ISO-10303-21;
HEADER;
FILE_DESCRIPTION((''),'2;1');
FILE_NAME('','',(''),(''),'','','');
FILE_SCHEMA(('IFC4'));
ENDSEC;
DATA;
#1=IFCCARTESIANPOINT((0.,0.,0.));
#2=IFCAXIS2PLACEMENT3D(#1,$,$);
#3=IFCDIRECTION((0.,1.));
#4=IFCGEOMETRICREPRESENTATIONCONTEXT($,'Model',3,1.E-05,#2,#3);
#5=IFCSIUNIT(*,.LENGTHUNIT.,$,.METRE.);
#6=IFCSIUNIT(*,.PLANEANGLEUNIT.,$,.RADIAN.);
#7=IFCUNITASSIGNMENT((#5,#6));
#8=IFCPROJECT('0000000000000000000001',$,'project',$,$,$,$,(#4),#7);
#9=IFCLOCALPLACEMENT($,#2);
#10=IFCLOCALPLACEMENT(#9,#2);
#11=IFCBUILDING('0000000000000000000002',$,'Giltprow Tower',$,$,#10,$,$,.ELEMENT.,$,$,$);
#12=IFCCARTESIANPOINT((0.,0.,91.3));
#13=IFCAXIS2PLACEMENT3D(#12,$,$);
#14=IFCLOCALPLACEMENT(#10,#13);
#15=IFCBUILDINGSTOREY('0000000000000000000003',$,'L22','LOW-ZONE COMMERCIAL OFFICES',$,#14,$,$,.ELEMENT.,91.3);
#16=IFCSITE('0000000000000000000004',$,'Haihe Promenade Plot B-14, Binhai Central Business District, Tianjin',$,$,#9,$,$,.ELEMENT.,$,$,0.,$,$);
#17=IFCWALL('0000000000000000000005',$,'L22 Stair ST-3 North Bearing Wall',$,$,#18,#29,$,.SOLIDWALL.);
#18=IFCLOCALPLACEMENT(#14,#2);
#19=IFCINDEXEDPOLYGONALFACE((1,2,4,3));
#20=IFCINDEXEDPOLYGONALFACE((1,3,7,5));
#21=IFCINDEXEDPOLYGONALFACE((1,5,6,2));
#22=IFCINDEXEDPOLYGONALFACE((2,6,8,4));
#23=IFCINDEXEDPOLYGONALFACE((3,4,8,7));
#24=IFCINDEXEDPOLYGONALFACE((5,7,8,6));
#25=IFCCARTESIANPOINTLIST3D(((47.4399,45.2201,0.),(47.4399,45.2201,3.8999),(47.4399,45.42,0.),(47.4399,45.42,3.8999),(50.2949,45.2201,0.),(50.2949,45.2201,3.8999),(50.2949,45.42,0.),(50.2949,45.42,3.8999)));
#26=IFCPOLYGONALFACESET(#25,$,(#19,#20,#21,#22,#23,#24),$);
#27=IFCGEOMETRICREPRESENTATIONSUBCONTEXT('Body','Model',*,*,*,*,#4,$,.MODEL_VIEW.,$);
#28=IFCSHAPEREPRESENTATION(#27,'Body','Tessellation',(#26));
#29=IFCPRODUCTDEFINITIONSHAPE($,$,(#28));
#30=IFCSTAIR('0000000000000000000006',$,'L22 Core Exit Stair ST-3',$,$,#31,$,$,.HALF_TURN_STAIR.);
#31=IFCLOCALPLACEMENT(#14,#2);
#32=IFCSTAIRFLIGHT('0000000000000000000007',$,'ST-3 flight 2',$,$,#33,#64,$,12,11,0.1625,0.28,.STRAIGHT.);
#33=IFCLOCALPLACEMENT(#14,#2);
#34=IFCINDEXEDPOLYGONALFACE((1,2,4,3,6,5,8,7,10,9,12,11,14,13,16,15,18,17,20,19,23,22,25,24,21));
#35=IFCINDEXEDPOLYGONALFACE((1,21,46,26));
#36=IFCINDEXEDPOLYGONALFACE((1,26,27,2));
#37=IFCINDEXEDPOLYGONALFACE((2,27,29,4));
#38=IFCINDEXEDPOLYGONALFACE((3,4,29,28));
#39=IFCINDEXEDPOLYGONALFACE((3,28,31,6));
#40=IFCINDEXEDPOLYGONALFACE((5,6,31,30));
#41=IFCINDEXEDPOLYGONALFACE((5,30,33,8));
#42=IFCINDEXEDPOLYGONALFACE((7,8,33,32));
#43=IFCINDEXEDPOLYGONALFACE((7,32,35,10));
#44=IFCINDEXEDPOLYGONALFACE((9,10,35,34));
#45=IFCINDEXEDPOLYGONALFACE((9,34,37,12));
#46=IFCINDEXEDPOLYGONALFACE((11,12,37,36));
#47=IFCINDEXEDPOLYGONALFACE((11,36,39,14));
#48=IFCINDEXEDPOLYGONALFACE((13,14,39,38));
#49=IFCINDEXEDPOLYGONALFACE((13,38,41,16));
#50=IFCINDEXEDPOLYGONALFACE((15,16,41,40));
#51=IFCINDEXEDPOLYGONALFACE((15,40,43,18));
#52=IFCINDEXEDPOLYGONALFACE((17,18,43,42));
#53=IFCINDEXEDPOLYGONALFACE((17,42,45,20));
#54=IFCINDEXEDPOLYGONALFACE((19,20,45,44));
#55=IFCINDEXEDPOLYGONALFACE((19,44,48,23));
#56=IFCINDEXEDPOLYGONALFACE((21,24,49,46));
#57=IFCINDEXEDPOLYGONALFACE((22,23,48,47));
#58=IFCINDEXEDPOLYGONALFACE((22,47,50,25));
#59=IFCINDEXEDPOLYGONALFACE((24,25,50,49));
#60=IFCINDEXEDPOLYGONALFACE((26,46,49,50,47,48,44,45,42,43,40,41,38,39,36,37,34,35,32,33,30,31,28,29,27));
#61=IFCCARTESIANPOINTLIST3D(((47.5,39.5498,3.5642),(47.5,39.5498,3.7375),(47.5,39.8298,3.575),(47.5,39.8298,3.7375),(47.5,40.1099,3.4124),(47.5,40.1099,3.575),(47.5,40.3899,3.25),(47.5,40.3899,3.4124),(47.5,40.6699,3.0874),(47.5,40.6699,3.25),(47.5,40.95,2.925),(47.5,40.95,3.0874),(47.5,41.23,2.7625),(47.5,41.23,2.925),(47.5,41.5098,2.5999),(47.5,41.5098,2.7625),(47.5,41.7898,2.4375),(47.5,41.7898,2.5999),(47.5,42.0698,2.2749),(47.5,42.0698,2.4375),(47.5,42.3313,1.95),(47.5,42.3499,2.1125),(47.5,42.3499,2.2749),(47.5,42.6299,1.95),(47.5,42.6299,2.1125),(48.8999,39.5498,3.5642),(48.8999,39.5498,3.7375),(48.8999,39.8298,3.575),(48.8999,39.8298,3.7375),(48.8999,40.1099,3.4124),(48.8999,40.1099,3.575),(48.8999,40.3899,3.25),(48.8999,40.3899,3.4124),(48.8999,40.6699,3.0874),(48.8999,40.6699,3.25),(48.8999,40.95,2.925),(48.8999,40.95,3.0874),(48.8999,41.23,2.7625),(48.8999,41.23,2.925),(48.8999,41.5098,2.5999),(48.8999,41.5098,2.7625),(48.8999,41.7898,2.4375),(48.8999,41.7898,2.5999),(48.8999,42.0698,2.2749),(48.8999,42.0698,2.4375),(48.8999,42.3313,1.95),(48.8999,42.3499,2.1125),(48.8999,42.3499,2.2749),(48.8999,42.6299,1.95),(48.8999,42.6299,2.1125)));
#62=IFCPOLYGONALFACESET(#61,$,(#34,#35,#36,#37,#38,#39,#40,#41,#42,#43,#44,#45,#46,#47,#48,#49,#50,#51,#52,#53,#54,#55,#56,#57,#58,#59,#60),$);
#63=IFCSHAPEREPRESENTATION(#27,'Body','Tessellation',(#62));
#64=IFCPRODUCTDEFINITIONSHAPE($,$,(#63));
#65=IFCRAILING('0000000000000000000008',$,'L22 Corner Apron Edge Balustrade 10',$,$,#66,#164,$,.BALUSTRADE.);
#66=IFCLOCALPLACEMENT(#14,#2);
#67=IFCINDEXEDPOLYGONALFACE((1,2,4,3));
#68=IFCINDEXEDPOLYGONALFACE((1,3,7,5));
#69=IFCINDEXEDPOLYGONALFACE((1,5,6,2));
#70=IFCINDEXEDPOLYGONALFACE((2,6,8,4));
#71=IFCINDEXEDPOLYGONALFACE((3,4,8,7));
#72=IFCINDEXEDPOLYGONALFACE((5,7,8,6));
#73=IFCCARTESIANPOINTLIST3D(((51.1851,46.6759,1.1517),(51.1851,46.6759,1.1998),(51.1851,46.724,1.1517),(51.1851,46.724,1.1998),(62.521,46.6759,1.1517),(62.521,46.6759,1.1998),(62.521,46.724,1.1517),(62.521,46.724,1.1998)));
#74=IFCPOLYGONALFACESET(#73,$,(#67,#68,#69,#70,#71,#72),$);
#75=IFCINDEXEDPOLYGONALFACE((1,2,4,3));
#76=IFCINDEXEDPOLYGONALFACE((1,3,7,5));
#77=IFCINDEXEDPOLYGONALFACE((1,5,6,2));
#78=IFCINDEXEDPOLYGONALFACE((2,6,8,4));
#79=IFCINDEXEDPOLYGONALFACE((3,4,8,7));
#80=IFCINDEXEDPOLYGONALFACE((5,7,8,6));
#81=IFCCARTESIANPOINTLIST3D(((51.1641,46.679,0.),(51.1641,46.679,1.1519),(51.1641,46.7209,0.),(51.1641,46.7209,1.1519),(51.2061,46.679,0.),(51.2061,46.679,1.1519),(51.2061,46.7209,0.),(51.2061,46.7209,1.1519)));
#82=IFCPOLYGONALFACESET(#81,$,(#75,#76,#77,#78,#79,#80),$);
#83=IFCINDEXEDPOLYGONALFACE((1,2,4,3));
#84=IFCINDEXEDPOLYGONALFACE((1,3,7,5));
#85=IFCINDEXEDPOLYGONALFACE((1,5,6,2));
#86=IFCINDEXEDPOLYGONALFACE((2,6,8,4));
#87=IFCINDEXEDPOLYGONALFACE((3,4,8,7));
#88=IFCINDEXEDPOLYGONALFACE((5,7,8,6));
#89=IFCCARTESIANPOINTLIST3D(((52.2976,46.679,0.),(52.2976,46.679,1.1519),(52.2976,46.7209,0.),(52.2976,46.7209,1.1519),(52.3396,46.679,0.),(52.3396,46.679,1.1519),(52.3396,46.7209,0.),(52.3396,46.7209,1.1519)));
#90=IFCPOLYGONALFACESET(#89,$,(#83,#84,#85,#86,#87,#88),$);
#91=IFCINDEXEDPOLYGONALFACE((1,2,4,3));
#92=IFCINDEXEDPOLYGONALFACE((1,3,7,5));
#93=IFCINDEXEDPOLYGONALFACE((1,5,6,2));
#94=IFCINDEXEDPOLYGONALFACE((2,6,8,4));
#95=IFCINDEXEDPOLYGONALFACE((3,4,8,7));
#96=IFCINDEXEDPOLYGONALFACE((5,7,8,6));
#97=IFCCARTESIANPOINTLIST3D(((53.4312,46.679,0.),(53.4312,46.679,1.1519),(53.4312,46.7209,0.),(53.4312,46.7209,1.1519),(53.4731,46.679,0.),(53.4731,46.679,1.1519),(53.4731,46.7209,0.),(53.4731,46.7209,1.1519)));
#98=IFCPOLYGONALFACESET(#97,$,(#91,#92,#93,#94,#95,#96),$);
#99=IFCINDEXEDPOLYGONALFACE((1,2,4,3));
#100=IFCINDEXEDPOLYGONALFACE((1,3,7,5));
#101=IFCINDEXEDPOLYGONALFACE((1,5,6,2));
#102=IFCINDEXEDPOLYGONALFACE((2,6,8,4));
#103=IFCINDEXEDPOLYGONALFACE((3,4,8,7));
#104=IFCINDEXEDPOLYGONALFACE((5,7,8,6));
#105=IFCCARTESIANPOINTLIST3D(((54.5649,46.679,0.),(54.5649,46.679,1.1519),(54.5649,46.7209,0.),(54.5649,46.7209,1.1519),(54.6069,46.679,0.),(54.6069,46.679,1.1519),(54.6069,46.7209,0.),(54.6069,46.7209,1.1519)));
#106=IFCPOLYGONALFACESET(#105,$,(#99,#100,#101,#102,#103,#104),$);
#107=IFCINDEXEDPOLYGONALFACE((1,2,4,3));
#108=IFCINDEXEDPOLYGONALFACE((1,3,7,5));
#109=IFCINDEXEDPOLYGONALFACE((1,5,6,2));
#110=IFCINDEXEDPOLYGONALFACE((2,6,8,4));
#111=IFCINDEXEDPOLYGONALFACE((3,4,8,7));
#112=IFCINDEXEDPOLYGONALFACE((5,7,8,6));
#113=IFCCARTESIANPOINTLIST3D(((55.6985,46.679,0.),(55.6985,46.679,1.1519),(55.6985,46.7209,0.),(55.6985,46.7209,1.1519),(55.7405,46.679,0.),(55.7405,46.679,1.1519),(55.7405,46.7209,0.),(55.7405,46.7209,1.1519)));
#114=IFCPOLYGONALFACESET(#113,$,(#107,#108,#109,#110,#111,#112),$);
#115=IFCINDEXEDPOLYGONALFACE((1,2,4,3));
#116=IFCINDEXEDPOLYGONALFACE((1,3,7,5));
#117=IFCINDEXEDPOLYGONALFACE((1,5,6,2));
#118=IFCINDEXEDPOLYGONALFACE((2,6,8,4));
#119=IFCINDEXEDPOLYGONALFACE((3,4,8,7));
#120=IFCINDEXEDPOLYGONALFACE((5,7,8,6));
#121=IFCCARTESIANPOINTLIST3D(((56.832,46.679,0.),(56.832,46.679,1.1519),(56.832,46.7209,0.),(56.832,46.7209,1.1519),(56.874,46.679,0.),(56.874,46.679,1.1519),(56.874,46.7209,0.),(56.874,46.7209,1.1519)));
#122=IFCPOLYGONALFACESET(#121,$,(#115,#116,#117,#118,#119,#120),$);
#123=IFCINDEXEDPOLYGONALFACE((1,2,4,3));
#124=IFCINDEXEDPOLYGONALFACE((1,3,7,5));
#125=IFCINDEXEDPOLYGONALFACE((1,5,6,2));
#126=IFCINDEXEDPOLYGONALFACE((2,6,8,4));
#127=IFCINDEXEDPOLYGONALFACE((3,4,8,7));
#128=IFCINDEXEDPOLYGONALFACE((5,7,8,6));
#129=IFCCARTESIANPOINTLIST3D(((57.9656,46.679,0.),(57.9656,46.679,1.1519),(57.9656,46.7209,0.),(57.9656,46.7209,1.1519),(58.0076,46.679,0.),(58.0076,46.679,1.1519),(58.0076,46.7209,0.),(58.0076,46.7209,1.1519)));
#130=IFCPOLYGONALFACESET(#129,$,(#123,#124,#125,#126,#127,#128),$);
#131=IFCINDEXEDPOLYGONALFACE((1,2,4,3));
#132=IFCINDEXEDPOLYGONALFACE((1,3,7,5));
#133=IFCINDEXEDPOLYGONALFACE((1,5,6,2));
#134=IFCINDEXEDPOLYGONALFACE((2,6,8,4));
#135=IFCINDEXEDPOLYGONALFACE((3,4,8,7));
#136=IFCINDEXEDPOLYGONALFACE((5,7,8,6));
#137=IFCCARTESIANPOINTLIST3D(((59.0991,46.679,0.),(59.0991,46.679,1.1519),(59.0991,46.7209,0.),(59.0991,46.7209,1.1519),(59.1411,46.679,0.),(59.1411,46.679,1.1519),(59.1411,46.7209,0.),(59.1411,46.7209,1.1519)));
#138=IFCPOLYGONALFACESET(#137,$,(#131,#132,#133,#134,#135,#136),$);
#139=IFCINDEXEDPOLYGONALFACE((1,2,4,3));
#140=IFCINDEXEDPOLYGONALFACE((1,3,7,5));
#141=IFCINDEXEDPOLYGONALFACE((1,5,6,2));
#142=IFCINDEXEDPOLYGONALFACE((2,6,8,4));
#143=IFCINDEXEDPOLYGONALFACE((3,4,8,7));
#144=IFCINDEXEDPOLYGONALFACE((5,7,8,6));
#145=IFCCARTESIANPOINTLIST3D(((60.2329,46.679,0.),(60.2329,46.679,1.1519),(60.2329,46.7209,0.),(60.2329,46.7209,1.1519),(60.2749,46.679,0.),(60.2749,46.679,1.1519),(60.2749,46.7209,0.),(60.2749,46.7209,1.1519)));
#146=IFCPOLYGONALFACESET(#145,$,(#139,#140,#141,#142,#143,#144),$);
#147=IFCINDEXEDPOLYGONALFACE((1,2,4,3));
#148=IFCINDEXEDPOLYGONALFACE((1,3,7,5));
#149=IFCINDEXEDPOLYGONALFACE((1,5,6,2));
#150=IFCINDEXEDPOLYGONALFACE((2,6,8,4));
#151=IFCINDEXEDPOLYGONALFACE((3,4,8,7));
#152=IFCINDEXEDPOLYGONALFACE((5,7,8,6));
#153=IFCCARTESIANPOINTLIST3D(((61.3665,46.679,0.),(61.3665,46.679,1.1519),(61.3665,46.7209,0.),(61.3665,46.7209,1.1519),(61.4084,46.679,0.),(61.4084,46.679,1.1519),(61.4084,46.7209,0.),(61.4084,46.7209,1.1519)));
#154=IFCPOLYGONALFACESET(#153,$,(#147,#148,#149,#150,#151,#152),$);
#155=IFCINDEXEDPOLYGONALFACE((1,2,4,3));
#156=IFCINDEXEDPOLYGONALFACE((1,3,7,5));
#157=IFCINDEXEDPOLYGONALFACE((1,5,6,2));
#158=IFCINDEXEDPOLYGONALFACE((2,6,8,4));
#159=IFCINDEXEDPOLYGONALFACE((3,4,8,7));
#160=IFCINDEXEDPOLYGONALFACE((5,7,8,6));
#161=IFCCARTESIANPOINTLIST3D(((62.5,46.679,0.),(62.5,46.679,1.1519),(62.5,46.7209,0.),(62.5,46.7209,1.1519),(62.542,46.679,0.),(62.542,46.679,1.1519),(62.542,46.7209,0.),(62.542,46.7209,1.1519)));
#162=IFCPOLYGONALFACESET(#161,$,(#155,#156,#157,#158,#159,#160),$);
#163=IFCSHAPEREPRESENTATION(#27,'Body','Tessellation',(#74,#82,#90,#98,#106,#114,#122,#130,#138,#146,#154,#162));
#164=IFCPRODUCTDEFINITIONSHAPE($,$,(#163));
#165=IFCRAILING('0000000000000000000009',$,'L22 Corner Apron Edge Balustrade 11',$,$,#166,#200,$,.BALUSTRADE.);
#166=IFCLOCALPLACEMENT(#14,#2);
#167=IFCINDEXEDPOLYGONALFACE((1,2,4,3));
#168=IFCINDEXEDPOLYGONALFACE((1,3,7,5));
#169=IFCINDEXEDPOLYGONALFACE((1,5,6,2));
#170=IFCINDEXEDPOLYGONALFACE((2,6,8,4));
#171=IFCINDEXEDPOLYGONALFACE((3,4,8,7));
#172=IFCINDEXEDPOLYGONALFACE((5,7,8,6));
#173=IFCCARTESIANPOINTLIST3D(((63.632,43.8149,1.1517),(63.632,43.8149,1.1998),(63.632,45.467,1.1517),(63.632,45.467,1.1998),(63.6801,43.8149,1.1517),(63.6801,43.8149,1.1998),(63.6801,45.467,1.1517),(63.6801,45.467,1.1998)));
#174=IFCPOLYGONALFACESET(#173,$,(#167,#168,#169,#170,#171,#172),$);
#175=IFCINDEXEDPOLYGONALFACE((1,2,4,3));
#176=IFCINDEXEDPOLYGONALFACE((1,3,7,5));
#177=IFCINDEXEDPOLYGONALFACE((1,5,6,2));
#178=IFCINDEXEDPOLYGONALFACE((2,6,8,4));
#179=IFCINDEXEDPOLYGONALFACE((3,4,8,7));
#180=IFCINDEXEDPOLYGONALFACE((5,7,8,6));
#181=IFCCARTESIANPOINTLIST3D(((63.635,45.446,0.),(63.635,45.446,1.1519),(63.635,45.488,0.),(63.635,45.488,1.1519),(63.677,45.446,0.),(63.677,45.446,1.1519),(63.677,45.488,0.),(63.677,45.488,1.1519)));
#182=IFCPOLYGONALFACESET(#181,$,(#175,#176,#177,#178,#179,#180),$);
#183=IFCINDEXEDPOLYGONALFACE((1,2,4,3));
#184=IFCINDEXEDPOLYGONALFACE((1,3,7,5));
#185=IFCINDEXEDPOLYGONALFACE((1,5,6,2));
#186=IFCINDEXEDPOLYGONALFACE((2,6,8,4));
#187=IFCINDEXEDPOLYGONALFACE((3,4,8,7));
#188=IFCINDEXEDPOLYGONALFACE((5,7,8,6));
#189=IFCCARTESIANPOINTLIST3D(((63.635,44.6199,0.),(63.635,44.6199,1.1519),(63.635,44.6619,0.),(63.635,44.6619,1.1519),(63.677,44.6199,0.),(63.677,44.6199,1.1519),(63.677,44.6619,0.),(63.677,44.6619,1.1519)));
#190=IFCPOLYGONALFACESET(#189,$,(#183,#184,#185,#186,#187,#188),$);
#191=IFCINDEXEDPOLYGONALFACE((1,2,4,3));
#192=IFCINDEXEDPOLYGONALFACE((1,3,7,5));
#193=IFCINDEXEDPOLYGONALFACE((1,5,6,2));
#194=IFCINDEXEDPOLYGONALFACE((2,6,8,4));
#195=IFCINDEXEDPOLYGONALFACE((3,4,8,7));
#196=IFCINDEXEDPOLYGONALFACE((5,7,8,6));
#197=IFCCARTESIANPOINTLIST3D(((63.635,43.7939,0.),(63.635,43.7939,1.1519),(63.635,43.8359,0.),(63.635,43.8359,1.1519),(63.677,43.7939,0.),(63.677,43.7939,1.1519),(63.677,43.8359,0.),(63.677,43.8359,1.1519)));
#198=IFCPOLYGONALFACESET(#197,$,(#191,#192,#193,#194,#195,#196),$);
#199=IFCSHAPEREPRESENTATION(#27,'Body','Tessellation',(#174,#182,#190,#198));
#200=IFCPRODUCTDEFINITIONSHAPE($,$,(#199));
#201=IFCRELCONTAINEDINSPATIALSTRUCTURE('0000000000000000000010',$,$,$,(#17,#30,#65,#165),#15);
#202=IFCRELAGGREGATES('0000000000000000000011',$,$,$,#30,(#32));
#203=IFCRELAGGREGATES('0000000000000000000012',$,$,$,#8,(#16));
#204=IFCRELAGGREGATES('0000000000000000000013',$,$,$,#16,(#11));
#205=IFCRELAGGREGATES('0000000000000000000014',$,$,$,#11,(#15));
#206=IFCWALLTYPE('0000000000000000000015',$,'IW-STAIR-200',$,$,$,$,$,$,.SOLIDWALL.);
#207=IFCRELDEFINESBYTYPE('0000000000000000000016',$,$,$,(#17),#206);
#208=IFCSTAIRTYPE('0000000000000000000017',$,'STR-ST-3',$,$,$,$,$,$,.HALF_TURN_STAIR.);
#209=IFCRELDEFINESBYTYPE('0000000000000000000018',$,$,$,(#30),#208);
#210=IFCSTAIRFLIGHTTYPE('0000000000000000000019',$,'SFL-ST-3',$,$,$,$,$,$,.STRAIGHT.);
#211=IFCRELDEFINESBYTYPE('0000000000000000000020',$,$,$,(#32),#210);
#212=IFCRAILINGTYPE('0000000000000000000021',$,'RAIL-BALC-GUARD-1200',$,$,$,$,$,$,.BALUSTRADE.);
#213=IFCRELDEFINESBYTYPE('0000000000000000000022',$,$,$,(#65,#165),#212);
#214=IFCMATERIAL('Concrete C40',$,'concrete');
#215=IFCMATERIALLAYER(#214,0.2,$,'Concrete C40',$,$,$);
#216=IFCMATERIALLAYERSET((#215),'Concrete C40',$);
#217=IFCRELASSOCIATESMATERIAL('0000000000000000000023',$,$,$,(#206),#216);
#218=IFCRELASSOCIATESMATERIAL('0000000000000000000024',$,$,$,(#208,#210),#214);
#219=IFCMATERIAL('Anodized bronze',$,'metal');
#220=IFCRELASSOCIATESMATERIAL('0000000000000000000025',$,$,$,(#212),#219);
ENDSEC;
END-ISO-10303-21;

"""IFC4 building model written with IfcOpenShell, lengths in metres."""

from ifc_helpers import new_model, si_unit, direction, frame, frame_2d, origin, origin_2d, place, context, subcontext, project, spatial, polyline, rectangle, outline, extrude, material, layer, layer_set, type_object, element, aggregate, save


model = new_model("IFC4")

# Units and contexts
model_context = context("Model", 3, precision=1e-05, world=origin(), true_north=direction((0.0, 1.0)))
body_context = subcontext(model_context, "Body", "Model", "MODEL_VIEW")
ifc_project = project(units=[si_unit("LENGTHUNIT", "METRE"), si_unit("PLANEANGLEUNIT", "RADIAN")], contexts=[model_context])

# Site, building, storey
site_placement = place(None, origin())
site = spatial("IfcSite", under=ifc_project, at=site_placement, Name="Haihe Promenade Plot B-14, Binhai Central Business District, Tianjin", CompositionType="ELEMENT", RefElevation=0.0)
building_placement = place(site_placement, origin())
building = spatial("IfcBuilding", under=site, at=building_placement, Name="Giltprow Tower", CompositionType="ELEMENT")
storey_placement = place(building_placement, frame((0.0, 0.0, 91.3)))
storey = spatial("IfcBuildingStorey", under=building, at=storey_placement, Name="L22", Description="LOW-ZONE COMMERCIAL OFFICES", CompositionType="ELEMENT", Elevation=91.3)

# Wall
ifc_material_1 = material(Name="Concrete C40", Category="concrete")
ifc_layer_1 = layer(ifc_material_1, 0.2, Name="Concrete C40")
ifc_layer_set_1 = layer_set([ifc_layer_1], Name="Concrete C40")
wall_type_1 = type_object("IfcWallType", Name="IW-STAIR-200", PredefinedType="SOLIDWALL", material=ifc_layer_set_1)
wall_1_placement = place(storey_placement, frame((47.4399, 45.3201, 0.0), z_axis=(0.0, 0.0, 1.0), x_axis=(1.0, 0.0, 0.0)))
element("IfcWall", 1, at=wall_1_placement, inside=storey, type_object=wall_type_1, Name="L22 Stair ST-3 North Bearing Wall", PredefinedType="SOLIDWALL", context=body_context, shape_type="SweptSolid", body=[
    extrude(rectangle(XDim=2.855, YDim=0.2, at=frame_2d((1.4275, 0.0))), origin(), (0.0, 0.0, 1.0), 3.8999),
])

# Stair, stair flight
stair_type = type_object("IfcStairType", Name="STR-ST-3", PredefinedType="HALF_TURN_STAIR", material=ifc_material_1)
stair_placement = place(storey_placement, origin())
stair = element("IfcStair", 2, at=stair_placement, inside=storey, type_object=stair_type, Name="L22 Core Exit Stair ST-3", PredefinedType="HALF_TURN_STAIR")
stair_flight_type = type_object("IfcStairFlightType", Name="SFL-ST-3", PredefinedType="STRAIGHT", material=ifc_material_1)
stair_flight_placement = place(storey_placement, frame((48.2, 42.6299, 1.95), z_axis=(0.0, 0.0, 1.0), x_axis=(0.0, -1.0, 0.0)))
stair_flight = element("IfcStairFlight", 3, at=stair_flight_placement, type_object=stair_flight_type, Name="ST-3 flight 2", NumberOfRisers=12, NumberOfTreads=11, PredefinedType="STRAIGHT", RiserHeight=0.1625, TreadLength=0.28, context=body_context, shape_type="SweptSolid", body=[
    extrude(outline(polyline([(0.0, 0.0), (0.0, 0.1626), (0.28, 0.1626), (0.28, 0.325), (0.5601, 0.325), (0.5601, 0.4875), (0.8401, 0.4875), (0.8401, 0.6499), (1.1201, 0.6499), (1.1201, 0.8125), (1.3999, 0.8125), (1.3999, 0.9751), (1.6799, 0.9751), (1.6799, 1.1375), (1.96, 1.1375), (1.96, 1.3), (2.24, 1.3), (2.24, 1.4624), (2.52, 1.4624), (2.52, 1.625), (2.8, 1.625), (2.8, 1.7876), (3.0801, 1.7876), (3.0801, 1.95), (3.0801, 1.6143), (0.2986, 0.0), (0.0, 0.0)])), frame((0.0, 0.7, 0.0), z_axis=(0.0, -1.0, 0.0), x_axis=(1.0, 0.0, 0.0)), (0.0, 0.0, 1.0), 1.3999),
])
aggregate(stair, [stair_flight])

# Railings
ifc_material_2 = material(Name="Anodized bronze", Category="metal")
railing_type_1 = type_object("IfcRailingType", Name="RAIL-BALC-GUARD-1200", PredefinedType="BALUSTRADE", material=ifc_material_2)
railing_1_placement = place(storey_placement, frame((51.1851, 46.7, 0.0)))
element("IfcRailing", 4, at=railing_1_placement, inside=storey, type_object=railing_type_1, Name="L22 Corner Apron Edge Balustrade 10", PredefinedType="BALUSTRADE", context=body_context, shape_type="SweptSolid", body=[
    extrude(rectangle(XDim=0.0481, YDim=0.0481, at=origin_2d()), frame((0.0, 0.0, 1.1758), z_axis=(1.0, 0.0, 0.0), x_axis=(0.0, 1.0, 0.0)), (0.0, 0.0, 1.0), 11.3359),
    extrude(rectangle(XDim=0.042, YDim=0.042, at=origin_2d()), origin(), (0.0, 0.0, 1.0), 1.1519),
    extrude(rectangle(XDim=0.042, YDim=0.042, at=origin_2d()), frame((1.1335, 0.0, 0.0)), (0.0, 0.0, 1.0), 1.1519),
    extrude(rectangle(XDim=0.042, YDim=0.042, at=origin_2d()), frame((2.2671, 0.0, 0.0)), (0.0, 0.0, 1.0), 1.1519),
    extrude(rectangle(XDim=0.042, YDim=0.042, at=origin_2d()), frame((3.4009, 0.0, 0.0)), (0.0, 0.0, 1.0), 1.1519),
    extrude(rectangle(XDim=0.042, YDim=0.042, at=origin_2d()), frame((4.5344, 0.0, 0.0)), (0.0, 0.0, 1.0), 1.1519),
    extrude(rectangle(XDim=0.042, YDim=0.042, at=origin_2d()), frame((5.668, 0.0, 0.0)), (0.0, 0.0, 1.0), 1.1519),
    extrude(rectangle(XDim=0.042, YDim=0.042, at=origin_2d()), frame((6.8015, 0.0, 0.0)), (0.0, 0.0, 1.0), 1.1519),
    extrude(rectangle(XDim=0.042, YDim=0.042, at=origin_2d()), frame((7.9351, 0.0, 0.0)), (0.0, 0.0, 1.0), 1.1519),
    extrude(rectangle(XDim=0.042, YDim=0.042, at=origin_2d()), frame((9.0688, 0.0, 0.0)), (0.0, 0.0, 1.0), 1.1519),
    extrude(rectangle(XDim=0.042, YDim=0.042, at=origin_2d()), frame((10.2024, 0.0, 0.0)), (0.0, 0.0, 1.0), 1.1519),
    extrude(rectangle(XDim=0.042, YDim=0.042, at=origin_2d()), frame((11.3359, 0.0, 0.0)), (0.0, 0.0, 1.0), 1.1519),
])
railing_2_placement = place(storey_placement, frame((63.656, 45.467, 0.0)))
element("IfcRailing", 5, at=railing_2_placement, inside=storey, type_object=railing_type_1, Name="L22 Corner Apron Edge Balustrade 11", PredefinedType="BALUSTRADE", context=body_context, shape_type="SweptSolid", body=[
    extrude(rectangle(XDim=0.0481, YDim=0.0481, at=origin_2d()), frame((0.0, 0.0, 1.1758), z_axis=(0.0, -1.0, 0.0), x_axis=(1.0, 0.0, 0.0)), (0.0, 0.0, 1.0), 1.6521),
    extrude(rectangle(XDim=0.042, YDim=0.042, at=origin_2d()), origin(), (0.0, 0.0, 1.0), 1.1519),
    extrude(rectangle(XDim=0.042, YDim=0.042, at=origin_2d()), frame((0.0, -0.8262, 0.0)), (0.0, 0.0, 1.0), 1.1519),
    extrude(rectangle(XDim=0.042, YDim=0.042, at=origin_2d()), frame((0.0, -1.6521, 0.0)), (0.0, 0.0, 1.0), 1.1519),
])

save(model, "model.ifc")
